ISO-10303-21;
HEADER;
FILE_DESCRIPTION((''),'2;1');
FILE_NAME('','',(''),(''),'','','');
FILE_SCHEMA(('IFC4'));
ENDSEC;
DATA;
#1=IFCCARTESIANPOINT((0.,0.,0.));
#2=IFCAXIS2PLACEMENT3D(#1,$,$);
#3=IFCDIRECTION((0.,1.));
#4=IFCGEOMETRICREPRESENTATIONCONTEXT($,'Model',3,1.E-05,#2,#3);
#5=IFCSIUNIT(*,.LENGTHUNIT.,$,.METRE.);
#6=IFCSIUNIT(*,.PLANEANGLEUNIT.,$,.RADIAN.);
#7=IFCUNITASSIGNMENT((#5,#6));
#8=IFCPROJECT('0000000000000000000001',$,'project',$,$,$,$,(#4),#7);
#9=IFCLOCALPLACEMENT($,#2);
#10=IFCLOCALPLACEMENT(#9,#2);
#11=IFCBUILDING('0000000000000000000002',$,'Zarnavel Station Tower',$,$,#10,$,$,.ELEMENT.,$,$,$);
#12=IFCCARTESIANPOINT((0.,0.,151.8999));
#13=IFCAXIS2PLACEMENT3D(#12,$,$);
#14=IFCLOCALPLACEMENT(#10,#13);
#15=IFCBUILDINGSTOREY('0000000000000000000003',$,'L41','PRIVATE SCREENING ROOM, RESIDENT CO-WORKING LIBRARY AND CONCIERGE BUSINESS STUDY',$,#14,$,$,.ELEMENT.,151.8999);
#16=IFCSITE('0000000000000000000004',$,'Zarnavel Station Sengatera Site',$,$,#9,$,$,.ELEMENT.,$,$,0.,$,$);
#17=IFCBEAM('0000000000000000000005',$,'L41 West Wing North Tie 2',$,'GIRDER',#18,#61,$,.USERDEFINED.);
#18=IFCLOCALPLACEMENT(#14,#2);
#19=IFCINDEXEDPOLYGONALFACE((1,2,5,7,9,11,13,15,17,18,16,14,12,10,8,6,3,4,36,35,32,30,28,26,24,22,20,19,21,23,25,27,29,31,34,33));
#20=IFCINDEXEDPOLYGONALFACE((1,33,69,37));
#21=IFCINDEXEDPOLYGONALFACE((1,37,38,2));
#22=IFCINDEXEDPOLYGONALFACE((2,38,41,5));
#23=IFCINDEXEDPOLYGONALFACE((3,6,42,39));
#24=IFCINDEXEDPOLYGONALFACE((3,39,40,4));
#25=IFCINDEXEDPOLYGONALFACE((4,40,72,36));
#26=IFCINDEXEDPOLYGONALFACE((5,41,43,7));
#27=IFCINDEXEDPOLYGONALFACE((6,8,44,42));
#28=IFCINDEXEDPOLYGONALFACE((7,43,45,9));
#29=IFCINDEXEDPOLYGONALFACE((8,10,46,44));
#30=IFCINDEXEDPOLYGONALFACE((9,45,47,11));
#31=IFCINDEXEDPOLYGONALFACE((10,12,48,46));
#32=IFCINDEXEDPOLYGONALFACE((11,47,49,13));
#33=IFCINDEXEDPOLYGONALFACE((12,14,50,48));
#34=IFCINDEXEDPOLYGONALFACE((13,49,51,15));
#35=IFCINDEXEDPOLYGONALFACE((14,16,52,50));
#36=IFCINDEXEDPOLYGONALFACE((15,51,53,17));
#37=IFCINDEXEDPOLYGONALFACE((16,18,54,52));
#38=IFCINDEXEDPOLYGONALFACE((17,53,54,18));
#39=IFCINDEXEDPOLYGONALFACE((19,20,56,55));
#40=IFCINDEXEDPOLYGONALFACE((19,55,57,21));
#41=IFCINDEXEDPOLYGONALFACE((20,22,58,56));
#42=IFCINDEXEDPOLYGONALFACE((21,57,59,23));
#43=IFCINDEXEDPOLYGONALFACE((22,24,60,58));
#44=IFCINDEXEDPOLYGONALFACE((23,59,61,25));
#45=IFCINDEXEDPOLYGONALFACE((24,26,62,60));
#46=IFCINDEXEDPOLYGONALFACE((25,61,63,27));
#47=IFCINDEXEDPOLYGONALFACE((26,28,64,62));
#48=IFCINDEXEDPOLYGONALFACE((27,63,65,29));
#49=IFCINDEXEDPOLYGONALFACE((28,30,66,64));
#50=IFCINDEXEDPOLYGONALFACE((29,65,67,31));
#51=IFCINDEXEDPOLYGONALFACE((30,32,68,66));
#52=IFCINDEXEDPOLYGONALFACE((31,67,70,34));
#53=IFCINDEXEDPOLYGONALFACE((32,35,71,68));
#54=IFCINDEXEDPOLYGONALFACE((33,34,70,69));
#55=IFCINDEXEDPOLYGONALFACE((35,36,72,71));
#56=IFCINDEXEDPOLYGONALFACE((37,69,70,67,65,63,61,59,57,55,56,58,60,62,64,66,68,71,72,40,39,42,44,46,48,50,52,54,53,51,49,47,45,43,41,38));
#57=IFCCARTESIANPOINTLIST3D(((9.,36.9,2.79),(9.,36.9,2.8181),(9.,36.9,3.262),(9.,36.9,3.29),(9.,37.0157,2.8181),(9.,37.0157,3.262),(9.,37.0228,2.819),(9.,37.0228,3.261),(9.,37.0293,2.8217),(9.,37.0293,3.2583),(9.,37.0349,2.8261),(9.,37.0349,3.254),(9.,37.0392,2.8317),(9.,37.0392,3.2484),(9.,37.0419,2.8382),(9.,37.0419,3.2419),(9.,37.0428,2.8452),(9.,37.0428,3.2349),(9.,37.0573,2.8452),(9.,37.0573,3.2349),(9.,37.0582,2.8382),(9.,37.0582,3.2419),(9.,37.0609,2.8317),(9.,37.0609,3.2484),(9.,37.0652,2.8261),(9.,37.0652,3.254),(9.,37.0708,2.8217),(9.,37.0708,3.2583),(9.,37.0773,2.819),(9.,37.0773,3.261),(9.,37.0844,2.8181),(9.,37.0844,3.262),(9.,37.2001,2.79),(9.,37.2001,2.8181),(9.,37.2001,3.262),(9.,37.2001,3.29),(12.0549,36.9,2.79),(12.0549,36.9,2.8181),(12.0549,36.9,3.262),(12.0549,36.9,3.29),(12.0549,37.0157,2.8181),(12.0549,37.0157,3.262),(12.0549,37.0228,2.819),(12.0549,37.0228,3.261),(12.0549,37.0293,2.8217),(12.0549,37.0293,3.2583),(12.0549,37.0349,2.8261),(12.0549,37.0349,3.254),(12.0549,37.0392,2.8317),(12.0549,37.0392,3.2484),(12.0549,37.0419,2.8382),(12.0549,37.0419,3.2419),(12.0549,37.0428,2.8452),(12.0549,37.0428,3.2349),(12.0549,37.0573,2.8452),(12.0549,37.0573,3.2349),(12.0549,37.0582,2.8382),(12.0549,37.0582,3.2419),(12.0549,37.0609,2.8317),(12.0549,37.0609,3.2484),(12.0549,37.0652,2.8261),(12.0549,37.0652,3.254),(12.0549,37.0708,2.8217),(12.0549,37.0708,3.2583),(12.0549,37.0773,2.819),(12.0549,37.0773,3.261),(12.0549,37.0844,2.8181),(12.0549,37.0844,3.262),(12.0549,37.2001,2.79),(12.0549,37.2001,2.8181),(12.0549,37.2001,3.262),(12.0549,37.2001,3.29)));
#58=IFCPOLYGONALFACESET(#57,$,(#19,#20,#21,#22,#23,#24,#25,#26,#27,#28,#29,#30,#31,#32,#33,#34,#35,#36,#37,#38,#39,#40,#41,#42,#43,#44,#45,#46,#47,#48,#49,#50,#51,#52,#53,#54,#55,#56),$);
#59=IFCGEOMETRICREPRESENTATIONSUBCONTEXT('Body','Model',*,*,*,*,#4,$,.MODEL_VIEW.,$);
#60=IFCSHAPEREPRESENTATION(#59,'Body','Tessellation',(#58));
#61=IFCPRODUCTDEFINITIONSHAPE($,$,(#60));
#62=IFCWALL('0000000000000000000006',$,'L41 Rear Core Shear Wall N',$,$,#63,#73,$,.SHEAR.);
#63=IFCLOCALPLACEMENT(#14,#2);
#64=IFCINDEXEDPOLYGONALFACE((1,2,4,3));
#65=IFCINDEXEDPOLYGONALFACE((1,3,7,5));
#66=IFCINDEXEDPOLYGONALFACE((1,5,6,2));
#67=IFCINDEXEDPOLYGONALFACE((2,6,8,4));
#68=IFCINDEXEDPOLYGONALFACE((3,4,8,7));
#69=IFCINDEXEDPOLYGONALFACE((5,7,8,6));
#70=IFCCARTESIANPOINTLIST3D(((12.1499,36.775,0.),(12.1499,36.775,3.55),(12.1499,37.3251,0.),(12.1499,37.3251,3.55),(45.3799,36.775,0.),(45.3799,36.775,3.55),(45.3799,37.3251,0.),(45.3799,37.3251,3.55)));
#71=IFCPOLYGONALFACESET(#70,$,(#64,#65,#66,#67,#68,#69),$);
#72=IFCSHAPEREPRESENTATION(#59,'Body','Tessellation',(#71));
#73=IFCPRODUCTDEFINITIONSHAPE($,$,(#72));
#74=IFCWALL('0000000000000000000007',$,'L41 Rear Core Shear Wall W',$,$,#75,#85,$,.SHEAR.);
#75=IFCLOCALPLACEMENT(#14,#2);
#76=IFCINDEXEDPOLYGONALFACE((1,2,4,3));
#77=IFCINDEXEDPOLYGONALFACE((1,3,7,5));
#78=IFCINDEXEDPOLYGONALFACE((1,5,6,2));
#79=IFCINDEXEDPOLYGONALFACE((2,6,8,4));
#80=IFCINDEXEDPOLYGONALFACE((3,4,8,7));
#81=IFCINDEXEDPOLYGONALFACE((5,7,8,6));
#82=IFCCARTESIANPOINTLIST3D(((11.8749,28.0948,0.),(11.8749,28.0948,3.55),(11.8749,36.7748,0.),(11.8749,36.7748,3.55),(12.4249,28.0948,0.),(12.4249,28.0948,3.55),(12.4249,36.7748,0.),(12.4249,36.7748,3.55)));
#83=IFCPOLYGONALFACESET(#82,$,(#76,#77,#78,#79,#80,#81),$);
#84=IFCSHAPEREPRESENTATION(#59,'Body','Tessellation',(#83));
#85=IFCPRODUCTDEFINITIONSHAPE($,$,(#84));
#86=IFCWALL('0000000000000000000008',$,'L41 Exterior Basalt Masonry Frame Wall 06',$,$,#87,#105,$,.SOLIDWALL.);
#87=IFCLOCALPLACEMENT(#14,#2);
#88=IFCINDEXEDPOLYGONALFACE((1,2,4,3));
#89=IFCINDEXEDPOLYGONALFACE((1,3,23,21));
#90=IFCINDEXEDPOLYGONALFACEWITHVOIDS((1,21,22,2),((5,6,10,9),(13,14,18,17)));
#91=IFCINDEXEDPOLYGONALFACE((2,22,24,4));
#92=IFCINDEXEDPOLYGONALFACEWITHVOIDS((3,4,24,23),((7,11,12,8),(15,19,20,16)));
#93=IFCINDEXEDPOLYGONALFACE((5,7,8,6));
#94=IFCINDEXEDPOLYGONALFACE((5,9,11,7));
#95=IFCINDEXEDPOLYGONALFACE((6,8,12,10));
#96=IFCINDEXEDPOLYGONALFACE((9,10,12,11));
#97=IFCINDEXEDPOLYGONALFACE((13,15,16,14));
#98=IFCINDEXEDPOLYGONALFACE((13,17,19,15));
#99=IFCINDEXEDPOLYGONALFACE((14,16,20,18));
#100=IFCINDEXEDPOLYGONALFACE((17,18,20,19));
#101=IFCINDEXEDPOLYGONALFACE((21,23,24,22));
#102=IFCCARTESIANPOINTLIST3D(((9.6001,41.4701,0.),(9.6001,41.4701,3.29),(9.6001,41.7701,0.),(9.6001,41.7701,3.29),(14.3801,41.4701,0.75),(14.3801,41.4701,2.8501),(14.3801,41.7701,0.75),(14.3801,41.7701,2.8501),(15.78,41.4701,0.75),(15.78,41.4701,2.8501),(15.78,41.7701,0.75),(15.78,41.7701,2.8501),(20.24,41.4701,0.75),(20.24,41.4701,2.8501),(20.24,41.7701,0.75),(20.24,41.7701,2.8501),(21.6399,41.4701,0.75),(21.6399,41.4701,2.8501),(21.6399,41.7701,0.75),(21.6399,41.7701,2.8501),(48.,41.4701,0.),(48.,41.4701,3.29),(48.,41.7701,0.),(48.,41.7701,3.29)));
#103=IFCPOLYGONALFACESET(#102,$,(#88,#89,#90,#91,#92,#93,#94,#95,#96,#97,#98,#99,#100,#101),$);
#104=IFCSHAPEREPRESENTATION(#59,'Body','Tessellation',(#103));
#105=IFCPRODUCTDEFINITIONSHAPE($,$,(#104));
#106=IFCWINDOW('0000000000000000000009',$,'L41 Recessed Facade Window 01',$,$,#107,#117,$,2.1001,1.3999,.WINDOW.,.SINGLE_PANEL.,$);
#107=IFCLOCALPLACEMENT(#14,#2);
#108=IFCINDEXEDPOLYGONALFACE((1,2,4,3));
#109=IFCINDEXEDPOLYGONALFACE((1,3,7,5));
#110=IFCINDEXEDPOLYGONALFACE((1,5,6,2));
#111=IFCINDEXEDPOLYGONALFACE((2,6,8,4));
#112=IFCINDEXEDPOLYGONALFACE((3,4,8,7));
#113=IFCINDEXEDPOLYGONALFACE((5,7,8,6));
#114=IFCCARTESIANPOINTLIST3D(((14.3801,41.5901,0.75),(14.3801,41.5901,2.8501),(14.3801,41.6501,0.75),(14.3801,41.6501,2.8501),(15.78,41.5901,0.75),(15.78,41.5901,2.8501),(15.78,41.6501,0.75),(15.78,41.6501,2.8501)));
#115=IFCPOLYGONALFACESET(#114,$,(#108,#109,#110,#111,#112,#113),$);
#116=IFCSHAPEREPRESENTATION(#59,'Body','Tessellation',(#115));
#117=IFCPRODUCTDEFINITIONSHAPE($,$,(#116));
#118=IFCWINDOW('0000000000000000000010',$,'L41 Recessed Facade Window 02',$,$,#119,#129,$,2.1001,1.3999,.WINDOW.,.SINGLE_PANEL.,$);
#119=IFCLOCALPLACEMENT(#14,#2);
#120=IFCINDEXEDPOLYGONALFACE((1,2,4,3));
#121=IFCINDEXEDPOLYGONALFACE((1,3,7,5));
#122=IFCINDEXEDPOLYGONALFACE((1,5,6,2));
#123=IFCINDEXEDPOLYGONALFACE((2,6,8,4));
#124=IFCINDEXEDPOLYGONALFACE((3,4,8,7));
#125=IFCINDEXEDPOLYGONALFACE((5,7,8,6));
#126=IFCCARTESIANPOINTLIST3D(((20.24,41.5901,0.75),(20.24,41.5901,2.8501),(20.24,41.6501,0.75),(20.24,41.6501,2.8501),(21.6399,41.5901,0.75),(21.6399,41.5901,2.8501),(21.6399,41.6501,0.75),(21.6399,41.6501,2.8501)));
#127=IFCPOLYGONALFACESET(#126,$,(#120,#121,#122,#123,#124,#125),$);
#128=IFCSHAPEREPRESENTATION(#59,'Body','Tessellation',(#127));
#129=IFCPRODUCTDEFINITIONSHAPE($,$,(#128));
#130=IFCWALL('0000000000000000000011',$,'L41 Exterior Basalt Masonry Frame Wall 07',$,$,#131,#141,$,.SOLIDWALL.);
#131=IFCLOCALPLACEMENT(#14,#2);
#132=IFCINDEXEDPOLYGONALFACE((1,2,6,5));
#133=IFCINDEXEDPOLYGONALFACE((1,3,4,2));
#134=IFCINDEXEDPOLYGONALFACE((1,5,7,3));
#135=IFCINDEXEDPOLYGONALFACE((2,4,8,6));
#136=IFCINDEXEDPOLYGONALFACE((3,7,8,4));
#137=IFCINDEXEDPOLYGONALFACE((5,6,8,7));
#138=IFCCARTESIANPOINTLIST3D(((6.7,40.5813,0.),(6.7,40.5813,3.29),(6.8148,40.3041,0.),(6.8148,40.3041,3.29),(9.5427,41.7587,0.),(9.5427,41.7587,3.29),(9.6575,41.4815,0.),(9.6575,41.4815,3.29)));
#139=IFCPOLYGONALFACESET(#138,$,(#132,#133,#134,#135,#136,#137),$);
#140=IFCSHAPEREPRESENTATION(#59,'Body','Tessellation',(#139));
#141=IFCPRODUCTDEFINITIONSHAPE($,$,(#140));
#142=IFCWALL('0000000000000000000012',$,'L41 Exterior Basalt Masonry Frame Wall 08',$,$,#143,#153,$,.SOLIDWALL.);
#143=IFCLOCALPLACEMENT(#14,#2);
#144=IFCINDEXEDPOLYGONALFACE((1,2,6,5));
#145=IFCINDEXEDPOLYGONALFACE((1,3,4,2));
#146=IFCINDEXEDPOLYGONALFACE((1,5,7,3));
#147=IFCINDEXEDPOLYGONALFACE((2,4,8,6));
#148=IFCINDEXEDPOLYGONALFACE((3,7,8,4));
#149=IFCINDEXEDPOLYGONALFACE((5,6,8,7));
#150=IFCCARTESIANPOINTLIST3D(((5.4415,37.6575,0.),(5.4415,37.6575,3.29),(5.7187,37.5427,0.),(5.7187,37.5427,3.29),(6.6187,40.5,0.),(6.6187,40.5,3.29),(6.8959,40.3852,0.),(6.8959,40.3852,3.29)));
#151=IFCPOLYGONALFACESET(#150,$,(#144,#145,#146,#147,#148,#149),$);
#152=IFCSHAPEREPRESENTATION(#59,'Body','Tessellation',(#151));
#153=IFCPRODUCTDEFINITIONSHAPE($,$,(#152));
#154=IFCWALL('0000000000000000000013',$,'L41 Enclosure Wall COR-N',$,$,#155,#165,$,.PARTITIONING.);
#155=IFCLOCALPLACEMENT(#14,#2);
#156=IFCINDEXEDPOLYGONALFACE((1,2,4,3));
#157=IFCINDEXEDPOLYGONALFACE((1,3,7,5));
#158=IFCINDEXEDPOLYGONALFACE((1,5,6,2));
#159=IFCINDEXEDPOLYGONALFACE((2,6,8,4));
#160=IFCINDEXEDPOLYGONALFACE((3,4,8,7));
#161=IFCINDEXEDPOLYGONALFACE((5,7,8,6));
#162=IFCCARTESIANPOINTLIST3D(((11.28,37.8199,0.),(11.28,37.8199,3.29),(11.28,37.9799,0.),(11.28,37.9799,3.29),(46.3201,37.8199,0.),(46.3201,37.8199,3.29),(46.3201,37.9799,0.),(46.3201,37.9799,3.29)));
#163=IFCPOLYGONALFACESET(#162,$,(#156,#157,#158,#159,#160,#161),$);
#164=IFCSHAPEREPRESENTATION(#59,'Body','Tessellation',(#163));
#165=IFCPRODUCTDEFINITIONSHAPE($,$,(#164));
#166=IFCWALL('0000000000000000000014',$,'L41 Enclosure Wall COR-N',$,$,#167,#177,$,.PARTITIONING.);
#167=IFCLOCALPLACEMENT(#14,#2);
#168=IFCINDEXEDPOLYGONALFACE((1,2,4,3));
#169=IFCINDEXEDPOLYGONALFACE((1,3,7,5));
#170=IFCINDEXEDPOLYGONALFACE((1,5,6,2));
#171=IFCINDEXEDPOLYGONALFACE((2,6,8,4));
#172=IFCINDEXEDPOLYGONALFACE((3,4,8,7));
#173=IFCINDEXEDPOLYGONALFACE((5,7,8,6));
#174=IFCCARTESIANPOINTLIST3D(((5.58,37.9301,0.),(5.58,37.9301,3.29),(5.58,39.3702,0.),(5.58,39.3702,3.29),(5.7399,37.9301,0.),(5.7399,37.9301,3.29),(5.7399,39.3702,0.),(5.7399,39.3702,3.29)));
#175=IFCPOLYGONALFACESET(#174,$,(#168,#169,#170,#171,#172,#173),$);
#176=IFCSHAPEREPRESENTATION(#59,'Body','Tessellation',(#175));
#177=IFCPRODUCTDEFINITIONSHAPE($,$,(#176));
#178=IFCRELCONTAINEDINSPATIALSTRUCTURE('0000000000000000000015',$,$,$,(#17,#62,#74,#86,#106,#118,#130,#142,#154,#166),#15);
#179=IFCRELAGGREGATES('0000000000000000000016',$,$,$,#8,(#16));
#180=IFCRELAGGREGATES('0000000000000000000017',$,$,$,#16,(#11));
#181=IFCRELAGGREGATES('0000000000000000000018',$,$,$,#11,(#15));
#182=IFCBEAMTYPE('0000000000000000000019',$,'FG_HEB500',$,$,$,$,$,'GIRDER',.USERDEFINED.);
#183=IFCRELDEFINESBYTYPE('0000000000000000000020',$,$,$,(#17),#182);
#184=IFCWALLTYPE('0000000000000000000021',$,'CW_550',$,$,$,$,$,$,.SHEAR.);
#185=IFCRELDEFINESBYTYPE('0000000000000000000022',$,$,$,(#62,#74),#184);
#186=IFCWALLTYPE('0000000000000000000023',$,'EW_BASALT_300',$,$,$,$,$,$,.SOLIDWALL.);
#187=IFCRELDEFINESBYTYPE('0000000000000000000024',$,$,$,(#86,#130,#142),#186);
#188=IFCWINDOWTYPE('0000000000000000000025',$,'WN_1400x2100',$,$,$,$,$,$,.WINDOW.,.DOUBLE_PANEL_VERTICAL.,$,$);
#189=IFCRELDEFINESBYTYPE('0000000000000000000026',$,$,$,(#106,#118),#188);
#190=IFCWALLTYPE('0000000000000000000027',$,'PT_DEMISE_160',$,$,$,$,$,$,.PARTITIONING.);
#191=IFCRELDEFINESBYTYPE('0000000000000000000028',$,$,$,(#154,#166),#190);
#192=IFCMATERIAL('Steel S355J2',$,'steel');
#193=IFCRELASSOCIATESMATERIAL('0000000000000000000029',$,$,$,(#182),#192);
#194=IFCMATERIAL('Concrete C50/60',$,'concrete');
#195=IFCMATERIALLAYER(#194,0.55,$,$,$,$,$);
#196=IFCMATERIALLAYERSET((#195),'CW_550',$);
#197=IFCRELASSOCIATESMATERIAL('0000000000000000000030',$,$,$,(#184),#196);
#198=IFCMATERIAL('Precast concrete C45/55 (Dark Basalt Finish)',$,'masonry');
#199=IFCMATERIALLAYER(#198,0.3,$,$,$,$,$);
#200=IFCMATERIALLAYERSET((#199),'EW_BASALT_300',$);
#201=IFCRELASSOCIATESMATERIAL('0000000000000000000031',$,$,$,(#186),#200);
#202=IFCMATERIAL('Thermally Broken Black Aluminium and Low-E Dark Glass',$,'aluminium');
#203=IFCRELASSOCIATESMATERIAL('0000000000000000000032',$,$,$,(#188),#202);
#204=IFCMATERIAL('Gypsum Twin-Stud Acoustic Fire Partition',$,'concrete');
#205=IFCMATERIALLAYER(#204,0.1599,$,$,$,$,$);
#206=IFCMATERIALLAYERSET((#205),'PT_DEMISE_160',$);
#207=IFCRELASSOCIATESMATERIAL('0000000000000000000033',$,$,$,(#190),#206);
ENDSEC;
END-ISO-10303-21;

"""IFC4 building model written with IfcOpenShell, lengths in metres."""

from ifc_helpers import new_model, si_unit, direction, frame, frame_2d, origin, origin_2d, place, context, subcontext, project, spatial, rectangle, i_section, extrude, material, layer, layer_set, material_profile, profile_set, type_object, element, fill, save


model = new_model("IFC4")

# Units and contexts
model_context = context("Model", 3, precision=1e-05, world=origin(), true_north=direction((0.0, 1.0)))
body_context = subcontext(model_context, "Body", "Model", "MODEL_VIEW")
ifc_project = project(units=[si_unit("LENGTHUNIT", "METRE"), si_unit("PLANEANGLEUNIT", "RADIAN")], contexts=[model_context])

# Site, building, storey
site_placement = place(None, origin())
site = spatial("IfcSite", under=ifc_project, at=site_placement, Name="Zarnavel Station Sengatera Site", CompositionType="ELEMENT", RefElevation=0.0)
building_placement = place(site_placement, origin())
building = spatial("IfcBuilding", under=site, at=building_placement, Name="Zarnavel Station Tower", CompositionType="ELEMENT")
storey_placement = place(building_placement, frame((0.0, 0.0, 151.8999)))
storey = spatial("IfcBuildingStorey", under=building, at=storey_placement, Name="L41", Description="PRIVATE SCREENING ROOM, RESIDENT CO-WORKING LIBRARY AND CONCIERGE BUSINESS STUDY", CompositionType="ELEMENT", Elevation=151.8999)

# Beam
ifc_material_1 = material(Name="Steel S355J2", Category="steel")
ifc_material_profile_1 = material_profile(ifc_material_1, i_section(OverallWidth=0.3, OverallDepth=0.5, WebThickness=0.0144, FlangeThickness=0.0281, FilletRadius=0.0271, at=origin_2d()), Name="HEB500")
ifc_profile_set_1 = profile_set([ifc_material_profile_1], Name="Steel S355J2")
beam_type = type_object("IfcBeamType", Name="FG_HEB500", ElementType="GIRDER", PredefinedType="USERDEFINED", material=ifc_profile_set_1)
beam_1_placement = place(storey_placement, frame((9.0, 37.05, 3.04), z_axis=(1.0, 0.0, 0.0), x_axis=(0.0, 1.0, 0.0)))
element("IfcBeam", 1, at=beam_1_placement, inside=storey, type_object=beam_type, Name="L41 West Wing North Tie 2", ObjectType="GIRDER", PredefinedType="USERDEFINED", context=body_context, shape_type="SweptSolid", body=[
    extrude(i_section(OverallWidth=0.3, OverallDepth=0.5, WebThickness=0.0144, FlangeThickness=0.0281, FilletRadius=0.0271, at=origin_2d()), origin(), (0.0, 0.0, 1.0), 3.0549),
])

# Walls
ifc_material_2 = material(Name="Concrete C50/60", Category="concrete")
ifc_layer_1 = layer(ifc_material_2, 0.55)
ifc_layer_set_1 = layer_set([ifc_layer_1], Name="CW_550")
wall_type_1 = type_object("IfcWallType", Name="CW_550", PredefinedType="SHEAR", material=ifc_layer_set_1)
wall_1_placement = place(storey_placement, frame((12.1499, 37.05, 0.0), z_axis=(0.0, 0.0, 1.0), x_axis=(1.0, 0.0, 0.0)))
element("IfcWall", 2, at=wall_1_placement, inside=storey, type_object=wall_type_1, Name="L41 Rear Core Shear Wall N", PredefinedType="SHEAR", context=body_context, shape_type="SweptSolid", body=[
    extrude(rectangle(XDim=33.23, YDim=0.55, at=frame_2d((16.615, 0.0))), origin(), (0.0, 0.0, 1.0), 3.55),
])
wall_2_placement = place(storey_placement, frame((12.1499, 28.095, 0.0), z_axis=(0.0, 0.0, 1.0), x_axis=(0.0, 1.0, 0.0)))
element("IfcWall", 3, at=wall_2_placement, inside=storey, type_object=wall_type_1, Name="L41 Rear Core Shear Wall W", PredefinedType="SHEAR", context=body_context, shape_type="SweptSolid", body=[
    extrude(rectangle(XDim=8.6799, YDim=0.55, at=frame_2d((4.3398, 0.0))), origin(), (0.0, 0.0, 1.0), 3.55),
])

# Wall, openings, windows
ifc_material_3 = material(Name="Precast concrete C45/55 (Dark Basalt Finish)", Category="masonry")
ifc_layer_2 = layer(ifc_material_3, 0.3)
ifc_layer_set_2 = layer_set([ifc_layer_2], Name="EW_BASALT_300")
wall_type_2 = type_object("IfcWallType", Name="EW_BASALT_300", PredefinedType="SOLIDWALL", material=ifc_layer_set_2)
wall_3_placement = place(storey_placement, frame((9.6001, 41.6201, 0.0), z_axis=(0.0, 0.0, 1.0), x_axis=(1.0, 0.0, 0.0)))
wall_3 = element("IfcWall", 4, at=wall_3_placement, inside=storey, type_object=wall_type_2, Name="L41 Exterior Basalt Masonry Frame Wall 06", PredefinedType="SOLIDWALL", context=body_context, shape_type="SweptSolid", body=[
    extrude(rectangle(XDim=38.3999, YDim=0.3, at=frame_2d((19.2, 0.0))), origin(), (0.0, 0.0, 1.0), 3.29),
])
opening_1_placement = place(wall_3_placement, frame((4.78, 0.0, 0.75)))
opening_1 = element("IfcOpeningElement", 5, at=opening_1_placement, cuts=wall_3, PredefinedType="OPENING", context=body_context, shape_type="SweptSolid", body=[
    extrude(rectangle(XDim=1.3999, YDim=2.1001, at=frame_2d((0.7, 1.05))), frame((0.0, 0.1599, 0.0), z_axis=(0.0, -1.0, 0.0), x_axis=(1.0, 0.0, 0.0)), (0.0, 0.0, 1.0), 0.3201),
])
opening_2_placement = place(wall_3_placement, frame((10.6399, 0.0, 0.75)))
opening_2 = element("IfcOpeningElement", 6, at=opening_2_placement, cuts=wall_3, PredefinedType="OPENING", context=body_context, shape_type="SweptSolid", body=[
    extrude(rectangle(XDim=1.3999, YDim=2.1001, at=frame_2d((0.7, 1.05))), frame((0.0, 0.1599, 0.0), z_axis=(0.0, -1.0, 0.0), x_axis=(1.0, 0.0, 0.0)), (0.0, 0.0, 1.0), 0.3201),
])
ifc_material_4 = material(Name="Thermally Broken Black Aluminium and Low-E Dark Glass", Category="aluminium")
window_type = type_object("IfcWindowType", Name="WN_1400x2100", PartitioningType="DOUBLE_PANEL_VERTICAL", PredefinedType="WINDOW", material=ifc_material_4)
window_1_placement = place(opening_1_placement, origin())
window_1 = element("IfcWindow", 7, at=window_1_placement, inside=storey, type_object=window_type, Name="L41 Recessed Facade Window 01", OverallHeight=2.1001, OverallWidth=1.3999, PartitioningType="SINGLE_PANEL", PredefinedType="WINDOW", context=body_context, shape_type="SweptSolid", body=[
    extrude(rectangle(XDim=1.3999, YDim=2.1001, at=frame_2d((0.7, 1.05))), frame((0.0, 0.03, 0.0), z_axis=(0.0, -1.0, 0.0), x_axis=(1.0, 0.0, 0.0)), (0.0, 0.0, 1.0), 0.0601),
])
fill(opening_1, window_1)
window_2_placement = place(opening_2_placement, origin())
window_2 = element("IfcWindow", 8, at=window_2_placement, inside=storey, type_object=window_type, Name="L41 Recessed Facade Window 02", OverallHeight=2.1001, OverallWidth=1.3999, PartitioningType="SINGLE_PANEL", PredefinedType="WINDOW", context=body_context, shape_type="SweptSolid", body=[
    extrude(rectangle(XDim=1.3999, YDim=2.1001, at=frame_2d((0.7, 1.05))), frame((0.0, 0.03, 0.0), z_axis=(0.0, -1.0, 0.0), x_axis=(1.0, 0.0, 0.0)), (0.0, 0.0, 1.0), 0.0601),
])
fill(opening_2, window_2)

# Walls
wall_4_placement = place(storey_placement, frame((6.7573, 40.4426, 0.0), z_axis=(0.0, 0.0, 1.0), x_axis=(0.923882, 0.382676, 0.0)))
element("IfcWall", 9, at=wall_4_placement, inside=storey, type_object=wall_type_2, Name="L41 Exterior Basalt Masonry Frame Wall 07", PredefinedType="SOLIDWALL", context=body_context, shape_type="SweptSolid", body=[
    extrude(rectangle(XDim=3.0769, YDim=0.3, at=frame_2d((1.5386, 0.0))), origin(), (0.0, 0.0, 1.0), 3.29),
])
wall_5_placement = place(storey_placement, frame((5.5801, 37.6001, 0.0), z_axis=(0.0, 0.0, 1.0), x_axis=(0.382637, 0.923899, 0.0)))
element("IfcWall", 10, at=wall_5_placement, inside=storey, type_object=wall_type_2, Name="L41 Exterior Basalt Masonry Frame Wall 08", PredefinedType="SOLIDWALL", context=body_context, shape_type="SweptSolid", body=[
    extrude(rectangle(XDim=3.0767, YDim=0.3, at=frame_2d((1.5383, 0.0))), origin(), (0.0, 0.0, 1.0), 3.29),
])
ifc_material_5 = material(Name="Gypsum Twin-Stud Acoustic Fire Partition", Category="concrete")
ifc_layer_3 = layer(ifc_material_5, 0.1599)
ifc_layer_set_3 = layer_set([ifc_layer_3], Name="PT_DEMISE_160")
wall_type_3 = type_object("IfcWallType", Name="PT_DEMISE_160", PredefinedType="PARTITIONING", material=ifc_layer_set_3)
wall_6_placement = place(storey_placement, frame((11.28, 37.8999, 0.0), z_axis=(0.0, 0.0, 1.0), x_axis=(1.0, 0.0, 0.0)))
element("IfcWall", 11, at=wall_6_placement, inside=storey, type_object=wall_type_3, Name="L41 Enclosure Wall COR-N", PredefinedType="PARTITIONING", context=body_context, shape_type="SweptSolid", body=[
    extrude(rectangle(XDim=35.04, YDim=0.1599, at=frame_2d((17.52, 0.0))), origin(), (0.0, 0.0, 1.0), 3.29),
])
wall_7_placement = place(storey_placement, frame((5.6599, 37.9299, 0.0), z_axis=(0.0, 0.0, 1.0), x_axis=(0.0, 1.0, 0.0)))
element("IfcWall", 12, at=wall_7_placement, inside=storey, type_object=wall_type_3, Name="L41 Enclosure Wall COR-N", PredefinedType="PARTITIONING", context=body_context, shape_type="SweptSolid", body=[
    extrude(rectangle(XDim=1.4402, YDim=0.1599, at=frame_2d((0.7202, 0.0))), origin(), (0.0, 0.0, 1.0), 3.29),
])

save(model, "model.ifc")
